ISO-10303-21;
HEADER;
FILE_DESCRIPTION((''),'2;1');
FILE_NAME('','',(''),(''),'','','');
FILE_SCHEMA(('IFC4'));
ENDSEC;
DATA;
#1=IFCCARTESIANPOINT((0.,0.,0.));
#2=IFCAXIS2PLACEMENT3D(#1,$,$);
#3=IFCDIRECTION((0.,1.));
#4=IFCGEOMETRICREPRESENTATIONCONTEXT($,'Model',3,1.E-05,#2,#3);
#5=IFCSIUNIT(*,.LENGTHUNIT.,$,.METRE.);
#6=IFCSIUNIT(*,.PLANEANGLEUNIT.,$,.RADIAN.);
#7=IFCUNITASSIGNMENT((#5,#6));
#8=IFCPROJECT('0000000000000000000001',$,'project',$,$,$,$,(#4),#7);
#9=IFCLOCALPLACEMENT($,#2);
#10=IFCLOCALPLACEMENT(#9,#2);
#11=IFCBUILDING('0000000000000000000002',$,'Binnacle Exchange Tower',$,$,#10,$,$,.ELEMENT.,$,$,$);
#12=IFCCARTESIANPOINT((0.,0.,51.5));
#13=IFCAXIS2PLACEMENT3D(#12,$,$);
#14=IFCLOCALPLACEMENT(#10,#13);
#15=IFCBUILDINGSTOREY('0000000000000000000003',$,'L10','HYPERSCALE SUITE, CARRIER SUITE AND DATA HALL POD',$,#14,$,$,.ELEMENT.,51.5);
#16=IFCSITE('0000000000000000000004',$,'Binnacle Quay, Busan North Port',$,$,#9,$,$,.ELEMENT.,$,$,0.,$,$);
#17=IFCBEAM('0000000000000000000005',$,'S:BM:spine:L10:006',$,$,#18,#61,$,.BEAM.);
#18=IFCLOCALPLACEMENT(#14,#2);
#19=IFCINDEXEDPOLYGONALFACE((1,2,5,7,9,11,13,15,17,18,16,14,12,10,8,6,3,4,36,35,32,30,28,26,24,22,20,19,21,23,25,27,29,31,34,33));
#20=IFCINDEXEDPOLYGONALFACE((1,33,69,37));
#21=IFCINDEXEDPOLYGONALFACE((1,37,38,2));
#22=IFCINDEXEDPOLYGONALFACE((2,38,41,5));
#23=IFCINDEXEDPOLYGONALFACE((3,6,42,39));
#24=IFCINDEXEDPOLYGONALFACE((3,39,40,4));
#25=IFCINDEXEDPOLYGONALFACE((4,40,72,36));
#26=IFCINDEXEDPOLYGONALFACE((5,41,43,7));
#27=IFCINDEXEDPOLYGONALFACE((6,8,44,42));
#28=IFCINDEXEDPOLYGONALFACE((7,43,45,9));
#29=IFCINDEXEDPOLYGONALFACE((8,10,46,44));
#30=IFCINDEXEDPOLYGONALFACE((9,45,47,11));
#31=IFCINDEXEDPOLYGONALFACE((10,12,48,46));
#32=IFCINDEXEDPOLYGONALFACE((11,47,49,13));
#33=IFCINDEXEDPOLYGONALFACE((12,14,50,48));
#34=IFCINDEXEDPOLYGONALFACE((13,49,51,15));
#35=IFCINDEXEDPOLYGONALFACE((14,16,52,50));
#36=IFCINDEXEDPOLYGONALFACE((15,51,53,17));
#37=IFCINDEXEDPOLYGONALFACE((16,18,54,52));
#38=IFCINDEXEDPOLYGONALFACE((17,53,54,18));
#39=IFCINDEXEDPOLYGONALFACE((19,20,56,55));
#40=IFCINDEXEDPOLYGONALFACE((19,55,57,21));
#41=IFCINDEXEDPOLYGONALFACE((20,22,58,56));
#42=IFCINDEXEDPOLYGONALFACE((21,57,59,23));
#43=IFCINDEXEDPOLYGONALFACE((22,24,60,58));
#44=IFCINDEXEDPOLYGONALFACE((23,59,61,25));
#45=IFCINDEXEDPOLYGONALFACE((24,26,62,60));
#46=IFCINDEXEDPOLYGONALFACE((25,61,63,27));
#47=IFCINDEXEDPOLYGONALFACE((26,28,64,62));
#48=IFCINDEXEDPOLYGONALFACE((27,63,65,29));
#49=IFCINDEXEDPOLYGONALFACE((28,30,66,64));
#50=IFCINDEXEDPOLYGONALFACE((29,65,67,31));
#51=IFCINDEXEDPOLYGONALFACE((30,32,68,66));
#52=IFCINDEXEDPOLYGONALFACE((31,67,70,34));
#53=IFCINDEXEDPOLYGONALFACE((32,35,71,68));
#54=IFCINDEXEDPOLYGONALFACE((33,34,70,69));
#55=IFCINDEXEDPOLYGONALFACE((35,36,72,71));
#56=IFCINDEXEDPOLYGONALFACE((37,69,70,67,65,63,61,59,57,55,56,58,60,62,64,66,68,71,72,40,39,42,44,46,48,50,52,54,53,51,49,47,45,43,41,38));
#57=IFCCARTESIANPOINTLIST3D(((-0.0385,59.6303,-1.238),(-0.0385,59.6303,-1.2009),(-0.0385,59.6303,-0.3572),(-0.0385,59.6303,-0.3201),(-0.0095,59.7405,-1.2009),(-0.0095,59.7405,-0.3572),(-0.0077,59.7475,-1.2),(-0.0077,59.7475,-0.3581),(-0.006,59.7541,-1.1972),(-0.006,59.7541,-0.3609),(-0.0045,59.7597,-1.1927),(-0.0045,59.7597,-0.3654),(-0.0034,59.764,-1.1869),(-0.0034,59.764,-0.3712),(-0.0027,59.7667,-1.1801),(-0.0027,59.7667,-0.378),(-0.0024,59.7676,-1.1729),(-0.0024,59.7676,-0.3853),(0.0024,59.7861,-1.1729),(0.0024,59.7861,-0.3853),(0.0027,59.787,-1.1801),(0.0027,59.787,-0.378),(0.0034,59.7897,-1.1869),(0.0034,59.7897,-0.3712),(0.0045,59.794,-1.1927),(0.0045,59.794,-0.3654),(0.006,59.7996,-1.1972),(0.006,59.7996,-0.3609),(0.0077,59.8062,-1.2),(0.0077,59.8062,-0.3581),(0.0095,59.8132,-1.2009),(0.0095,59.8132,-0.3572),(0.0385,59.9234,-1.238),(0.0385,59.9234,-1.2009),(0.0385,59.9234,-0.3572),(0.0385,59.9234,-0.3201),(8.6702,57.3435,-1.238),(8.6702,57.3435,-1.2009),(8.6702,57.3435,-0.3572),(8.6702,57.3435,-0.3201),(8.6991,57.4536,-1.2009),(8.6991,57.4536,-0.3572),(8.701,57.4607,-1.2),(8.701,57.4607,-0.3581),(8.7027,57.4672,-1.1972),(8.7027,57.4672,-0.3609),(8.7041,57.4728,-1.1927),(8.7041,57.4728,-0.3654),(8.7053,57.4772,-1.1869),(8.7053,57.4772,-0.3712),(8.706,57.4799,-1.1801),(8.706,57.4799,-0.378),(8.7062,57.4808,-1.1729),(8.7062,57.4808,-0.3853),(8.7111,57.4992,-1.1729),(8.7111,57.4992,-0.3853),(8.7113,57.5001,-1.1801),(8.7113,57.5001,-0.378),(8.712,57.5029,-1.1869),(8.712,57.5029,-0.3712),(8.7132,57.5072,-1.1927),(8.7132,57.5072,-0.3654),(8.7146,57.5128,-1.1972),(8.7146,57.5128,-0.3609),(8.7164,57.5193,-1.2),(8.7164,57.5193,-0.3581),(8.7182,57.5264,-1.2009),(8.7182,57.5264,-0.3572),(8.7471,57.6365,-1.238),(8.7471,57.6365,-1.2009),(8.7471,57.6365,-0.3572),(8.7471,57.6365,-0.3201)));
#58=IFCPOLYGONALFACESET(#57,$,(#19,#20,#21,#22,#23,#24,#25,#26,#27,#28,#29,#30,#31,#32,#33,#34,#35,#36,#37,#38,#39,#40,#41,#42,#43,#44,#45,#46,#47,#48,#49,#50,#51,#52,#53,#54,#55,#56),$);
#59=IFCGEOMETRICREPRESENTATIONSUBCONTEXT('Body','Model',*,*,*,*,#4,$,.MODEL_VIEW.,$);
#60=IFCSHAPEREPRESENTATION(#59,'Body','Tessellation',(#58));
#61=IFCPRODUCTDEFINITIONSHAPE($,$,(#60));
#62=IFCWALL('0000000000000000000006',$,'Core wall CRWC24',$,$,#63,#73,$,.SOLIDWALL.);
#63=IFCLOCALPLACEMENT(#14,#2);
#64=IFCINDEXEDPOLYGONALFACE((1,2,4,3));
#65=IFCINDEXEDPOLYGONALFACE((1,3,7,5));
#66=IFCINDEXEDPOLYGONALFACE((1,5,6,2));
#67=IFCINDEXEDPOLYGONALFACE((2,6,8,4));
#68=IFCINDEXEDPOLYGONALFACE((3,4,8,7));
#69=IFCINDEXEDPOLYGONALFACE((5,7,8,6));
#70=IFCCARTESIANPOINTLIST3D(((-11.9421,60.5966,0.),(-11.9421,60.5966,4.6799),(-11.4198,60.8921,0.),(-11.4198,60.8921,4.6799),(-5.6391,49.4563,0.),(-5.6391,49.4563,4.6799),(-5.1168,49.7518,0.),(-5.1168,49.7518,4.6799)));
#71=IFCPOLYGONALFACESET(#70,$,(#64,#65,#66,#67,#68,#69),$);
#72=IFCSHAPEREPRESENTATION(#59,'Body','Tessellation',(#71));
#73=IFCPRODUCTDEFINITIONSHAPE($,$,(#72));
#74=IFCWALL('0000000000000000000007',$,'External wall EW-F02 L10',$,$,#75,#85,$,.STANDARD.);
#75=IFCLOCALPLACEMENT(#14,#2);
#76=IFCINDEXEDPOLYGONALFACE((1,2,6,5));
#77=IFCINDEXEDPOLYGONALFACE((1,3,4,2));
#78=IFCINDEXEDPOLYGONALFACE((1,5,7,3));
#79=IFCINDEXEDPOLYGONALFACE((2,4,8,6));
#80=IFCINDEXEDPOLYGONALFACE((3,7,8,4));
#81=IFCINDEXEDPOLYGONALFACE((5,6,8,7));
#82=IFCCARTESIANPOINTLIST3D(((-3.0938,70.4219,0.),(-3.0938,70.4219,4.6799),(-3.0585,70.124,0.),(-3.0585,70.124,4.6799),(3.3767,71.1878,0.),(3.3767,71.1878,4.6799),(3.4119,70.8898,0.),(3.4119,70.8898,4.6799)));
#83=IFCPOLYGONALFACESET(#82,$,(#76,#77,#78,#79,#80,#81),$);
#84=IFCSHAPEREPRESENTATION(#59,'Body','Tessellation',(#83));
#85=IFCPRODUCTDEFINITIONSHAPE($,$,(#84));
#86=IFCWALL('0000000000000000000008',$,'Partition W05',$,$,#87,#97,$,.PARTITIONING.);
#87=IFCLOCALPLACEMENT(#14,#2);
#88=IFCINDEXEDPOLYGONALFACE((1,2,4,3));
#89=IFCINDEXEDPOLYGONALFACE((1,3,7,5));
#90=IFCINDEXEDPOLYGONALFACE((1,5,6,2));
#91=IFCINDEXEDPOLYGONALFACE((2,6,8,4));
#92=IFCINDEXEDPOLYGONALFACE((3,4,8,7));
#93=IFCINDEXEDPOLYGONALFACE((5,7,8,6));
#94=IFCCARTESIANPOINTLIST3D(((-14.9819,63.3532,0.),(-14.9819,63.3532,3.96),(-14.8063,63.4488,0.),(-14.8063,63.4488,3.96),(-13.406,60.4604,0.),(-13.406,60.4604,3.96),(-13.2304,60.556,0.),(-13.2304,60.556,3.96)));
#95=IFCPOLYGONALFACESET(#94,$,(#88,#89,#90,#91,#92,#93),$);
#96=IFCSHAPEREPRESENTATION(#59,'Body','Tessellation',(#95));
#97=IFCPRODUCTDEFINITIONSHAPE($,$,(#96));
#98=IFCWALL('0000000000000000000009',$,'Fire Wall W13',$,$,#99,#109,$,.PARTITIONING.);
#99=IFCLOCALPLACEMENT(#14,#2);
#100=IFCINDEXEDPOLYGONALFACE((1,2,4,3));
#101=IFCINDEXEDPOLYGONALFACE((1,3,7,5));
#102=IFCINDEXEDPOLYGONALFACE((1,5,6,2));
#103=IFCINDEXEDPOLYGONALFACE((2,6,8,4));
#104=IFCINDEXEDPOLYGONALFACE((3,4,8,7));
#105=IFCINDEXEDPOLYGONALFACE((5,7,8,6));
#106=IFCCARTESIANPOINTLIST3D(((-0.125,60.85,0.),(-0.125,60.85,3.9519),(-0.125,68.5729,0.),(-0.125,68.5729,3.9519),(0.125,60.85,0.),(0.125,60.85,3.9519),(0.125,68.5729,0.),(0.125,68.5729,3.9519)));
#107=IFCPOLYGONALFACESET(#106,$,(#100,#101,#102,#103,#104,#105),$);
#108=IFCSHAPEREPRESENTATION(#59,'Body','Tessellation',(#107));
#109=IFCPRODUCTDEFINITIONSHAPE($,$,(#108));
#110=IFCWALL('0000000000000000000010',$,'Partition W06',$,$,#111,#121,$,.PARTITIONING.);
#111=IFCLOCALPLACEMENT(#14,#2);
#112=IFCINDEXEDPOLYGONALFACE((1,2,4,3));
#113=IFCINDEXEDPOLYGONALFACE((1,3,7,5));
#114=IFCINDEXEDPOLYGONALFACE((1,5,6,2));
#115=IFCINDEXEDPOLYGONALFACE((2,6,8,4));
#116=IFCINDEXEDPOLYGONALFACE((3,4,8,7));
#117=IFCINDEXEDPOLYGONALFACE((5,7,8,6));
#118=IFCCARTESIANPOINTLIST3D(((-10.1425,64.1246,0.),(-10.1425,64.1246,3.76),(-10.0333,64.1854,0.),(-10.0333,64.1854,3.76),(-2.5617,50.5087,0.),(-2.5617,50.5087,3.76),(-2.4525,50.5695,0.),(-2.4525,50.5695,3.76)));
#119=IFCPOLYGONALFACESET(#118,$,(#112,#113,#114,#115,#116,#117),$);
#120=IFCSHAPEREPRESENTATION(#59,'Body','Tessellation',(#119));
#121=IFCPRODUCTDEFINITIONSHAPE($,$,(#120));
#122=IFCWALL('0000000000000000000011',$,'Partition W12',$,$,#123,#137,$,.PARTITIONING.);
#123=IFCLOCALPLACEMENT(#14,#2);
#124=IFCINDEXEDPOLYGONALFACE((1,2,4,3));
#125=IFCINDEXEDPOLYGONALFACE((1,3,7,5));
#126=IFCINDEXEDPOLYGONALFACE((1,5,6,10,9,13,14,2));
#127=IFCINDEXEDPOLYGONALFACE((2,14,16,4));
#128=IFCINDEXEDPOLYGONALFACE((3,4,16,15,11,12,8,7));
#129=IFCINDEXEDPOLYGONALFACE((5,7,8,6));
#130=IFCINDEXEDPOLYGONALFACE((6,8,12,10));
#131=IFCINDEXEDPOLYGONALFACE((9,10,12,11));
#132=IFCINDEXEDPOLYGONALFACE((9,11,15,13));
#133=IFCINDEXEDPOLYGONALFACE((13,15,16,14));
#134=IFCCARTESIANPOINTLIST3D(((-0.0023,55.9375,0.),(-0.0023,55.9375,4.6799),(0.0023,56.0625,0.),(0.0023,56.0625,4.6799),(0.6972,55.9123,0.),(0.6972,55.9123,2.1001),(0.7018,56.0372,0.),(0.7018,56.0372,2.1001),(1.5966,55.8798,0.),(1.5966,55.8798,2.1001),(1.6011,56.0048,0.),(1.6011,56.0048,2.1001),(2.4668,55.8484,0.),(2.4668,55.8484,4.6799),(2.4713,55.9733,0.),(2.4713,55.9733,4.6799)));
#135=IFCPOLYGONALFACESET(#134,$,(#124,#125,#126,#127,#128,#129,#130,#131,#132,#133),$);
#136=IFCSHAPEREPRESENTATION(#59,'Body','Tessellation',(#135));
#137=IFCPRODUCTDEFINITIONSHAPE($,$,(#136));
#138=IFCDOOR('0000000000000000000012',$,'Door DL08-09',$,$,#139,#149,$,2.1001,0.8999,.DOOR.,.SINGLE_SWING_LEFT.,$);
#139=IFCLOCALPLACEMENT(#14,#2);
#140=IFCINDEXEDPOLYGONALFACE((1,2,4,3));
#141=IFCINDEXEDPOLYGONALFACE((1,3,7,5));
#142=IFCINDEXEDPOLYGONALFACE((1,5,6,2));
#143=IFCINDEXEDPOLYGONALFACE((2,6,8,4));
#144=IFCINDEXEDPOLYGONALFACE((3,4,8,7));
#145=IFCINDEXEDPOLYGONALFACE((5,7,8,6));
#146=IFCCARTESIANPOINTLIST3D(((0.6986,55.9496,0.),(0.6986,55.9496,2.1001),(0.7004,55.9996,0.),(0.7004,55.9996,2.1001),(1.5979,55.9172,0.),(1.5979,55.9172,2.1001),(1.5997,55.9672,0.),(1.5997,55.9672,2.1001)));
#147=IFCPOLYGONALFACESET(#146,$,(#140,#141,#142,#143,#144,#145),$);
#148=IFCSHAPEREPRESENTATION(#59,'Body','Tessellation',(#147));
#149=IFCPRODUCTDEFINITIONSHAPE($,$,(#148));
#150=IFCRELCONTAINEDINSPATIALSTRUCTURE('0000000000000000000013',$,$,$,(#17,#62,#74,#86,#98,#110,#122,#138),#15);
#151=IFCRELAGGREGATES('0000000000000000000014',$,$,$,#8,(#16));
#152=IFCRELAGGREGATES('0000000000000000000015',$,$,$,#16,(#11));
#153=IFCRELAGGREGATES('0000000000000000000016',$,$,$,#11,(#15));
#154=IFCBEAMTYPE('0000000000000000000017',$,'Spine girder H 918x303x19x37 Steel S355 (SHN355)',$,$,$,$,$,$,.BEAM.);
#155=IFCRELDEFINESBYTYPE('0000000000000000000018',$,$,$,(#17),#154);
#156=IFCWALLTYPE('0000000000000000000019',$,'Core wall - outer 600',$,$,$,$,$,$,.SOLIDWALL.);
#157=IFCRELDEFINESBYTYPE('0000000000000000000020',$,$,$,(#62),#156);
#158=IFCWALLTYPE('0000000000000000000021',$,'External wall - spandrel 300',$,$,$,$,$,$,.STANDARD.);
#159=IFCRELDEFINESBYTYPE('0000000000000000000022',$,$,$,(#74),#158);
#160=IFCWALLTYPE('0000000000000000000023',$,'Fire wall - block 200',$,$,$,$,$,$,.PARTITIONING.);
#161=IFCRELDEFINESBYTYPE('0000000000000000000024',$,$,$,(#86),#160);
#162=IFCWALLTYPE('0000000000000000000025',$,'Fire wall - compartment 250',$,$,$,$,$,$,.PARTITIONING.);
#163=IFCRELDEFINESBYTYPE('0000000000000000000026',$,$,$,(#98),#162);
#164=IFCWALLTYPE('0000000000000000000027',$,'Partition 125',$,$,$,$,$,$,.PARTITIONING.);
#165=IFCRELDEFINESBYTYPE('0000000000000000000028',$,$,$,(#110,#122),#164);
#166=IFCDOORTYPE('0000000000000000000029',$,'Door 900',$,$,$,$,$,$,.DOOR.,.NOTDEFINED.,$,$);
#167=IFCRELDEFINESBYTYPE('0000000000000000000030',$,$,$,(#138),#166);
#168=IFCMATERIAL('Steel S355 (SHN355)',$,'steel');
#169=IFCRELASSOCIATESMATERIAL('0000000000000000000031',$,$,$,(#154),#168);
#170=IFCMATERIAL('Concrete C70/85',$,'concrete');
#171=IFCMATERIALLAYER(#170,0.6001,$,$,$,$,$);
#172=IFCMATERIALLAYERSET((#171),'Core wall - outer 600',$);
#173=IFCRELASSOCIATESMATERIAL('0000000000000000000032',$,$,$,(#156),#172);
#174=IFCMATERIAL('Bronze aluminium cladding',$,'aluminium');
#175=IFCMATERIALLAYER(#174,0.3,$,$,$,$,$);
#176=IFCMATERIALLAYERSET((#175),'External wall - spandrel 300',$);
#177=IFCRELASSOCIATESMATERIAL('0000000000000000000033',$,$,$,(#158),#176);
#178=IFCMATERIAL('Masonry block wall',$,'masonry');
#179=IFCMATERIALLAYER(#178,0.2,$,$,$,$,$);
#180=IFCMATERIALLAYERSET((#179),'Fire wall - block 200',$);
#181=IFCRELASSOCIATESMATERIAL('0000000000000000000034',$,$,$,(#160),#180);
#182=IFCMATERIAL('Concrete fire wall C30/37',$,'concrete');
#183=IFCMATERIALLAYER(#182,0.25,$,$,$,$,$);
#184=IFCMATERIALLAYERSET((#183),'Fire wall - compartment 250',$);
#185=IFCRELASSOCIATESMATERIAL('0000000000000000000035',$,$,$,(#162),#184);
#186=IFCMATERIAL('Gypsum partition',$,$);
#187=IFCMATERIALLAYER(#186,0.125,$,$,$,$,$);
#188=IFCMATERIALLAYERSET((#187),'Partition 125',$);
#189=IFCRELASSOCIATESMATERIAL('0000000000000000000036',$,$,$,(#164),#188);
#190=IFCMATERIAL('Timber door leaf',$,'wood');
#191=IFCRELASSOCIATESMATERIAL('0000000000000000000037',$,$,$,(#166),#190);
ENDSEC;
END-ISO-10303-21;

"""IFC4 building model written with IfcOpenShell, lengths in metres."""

from ifc_helpers import new_model, si_unit, direction, frame, frame_2d, origin, origin_2d, place, context, subcontext, project, spatial, rectangle, i_section, extrude, material, layer, layer_set, material_profile, profile_set, type_object, element, fill, save


model = new_model("IFC4")

# Units and contexts
model_context = context("Model", 3, precision=1e-05, world=origin(), true_north=direction((0.0, 1.0)))
body_context = subcontext(model_context, "Body", "Model", "MODEL_VIEW")
ifc_project = project(units=[si_unit("LENGTHUNIT", "METRE"), si_unit("PLANEANGLEUNIT", "RADIAN")], contexts=[model_context])

# Site, building, storey
site_placement = place(None, origin())
site = spatial("IfcSite", under=ifc_project, at=site_placement, Name="Binnacle Quay, Busan North Port", CompositionType="ELEMENT", RefElevation=0.0)
building_placement = place(site_placement, origin())
building = spatial("IfcBuilding", under=site, at=building_placement, Name="Binnacle Exchange Tower", CompositionType="ELEMENT")
storey_placement = place(building_placement, frame((0.0, 0.0, 51.5)))
storey = spatial("IfcBuildingStorey", under=building, at=storey_placement, Name="L10", Description="HYPERSCALE SUITE, CARRIER SUITE AND DATA HALL POD", CompositionType="ELEMENT", Elevation=51.5)

# Shared definitions
ifc_material_1 = material(Name="Concrete C70/85", Category="concrete")

# Beam
ifc_material_2 = material(Name="Steel S355 (SHN355)", Category="steel")
ifc_material_profile_1 = material_profile(ifc_material_2, i_section(OverallWidth=0.303, OverallDepth=0.918, WebThickness=0.019, FlangeThickness=0.0371, FilletRadius=0.0281, at=origin_2d()), Name="H 918x303x19x37")
ifc_profile_set_1 = profile_set([ifc_material_profile_1], Name="Steel S355 (SHN355)")
beam_type_1 = type_object("IfcBeamType", Name="Spine girder H 918x303x19x37 Steel S355 (SHN355)", PredefinedType="BEAM", material=ifc_profile_set_1)
beam_1_placement = place(storey_placement, frame((0.0, 59.7769, -0.7791), z_axis=(0.967209, -0.253983, 0.0), x_axis=(0.253983, 0.967209, 0.0)))
element("IfcBeam", 1, at=beam_1_placement, inside=storey, type_object=beam_type_1, Name="S:BM:spine:L10:006", PredefinedType="BEAM", context=body_context, shape_type="SweptSolid", body=[
    extrude(i_section(OverallWidth=0.303, OverallDepth=0.918, WebThickness=0.019, FlangeThickness=0.0371, FilletRadius=0.0281, at=origin_2d()), origin(), (0.0, 0.0, 1.0), 9.0039),
])

# Walls
ifc_layer_1 = layer(ifc_material_1, 0.6001)
ifc_layer_set_1 = layer_set([ifc_layer_1], Name="Core wall - outer 600")
wall_type_1 = type_object("IfcWallType", Name="Core wall - outer 600", PredefinedType="SOLIDWALL", material=ifc_layer_set_1)
wall_1_placement = place(storey_placement, frame((-11.6809, 60.7444, 0.0), z_axis=(0.0, 0.0, 1.0), x_axis=(0.492427, -0.870354, 0.0)))
element("IfcWall", 2, at=wall_1_placement, inside=storey, type_object=wall_type_1, Name="Core wall CRWC24", PredefinedType="SOLIDWALL", context=body_context, shape_type="SweptSolid", body=[
    extrude(rectangle(XDim=12.7998, YDim=0.6001, at=frame_2d((6.3999, 0.0))), origin(), (0.0, 0.0, 1.0), 4.6799),
])
ifc_material_3 = material(Name="Bronze aluminium cladding", Category="aluminium")
ifc_layer_2 = layer(ifc_material_3, 0.3)
ifc_layer_set_2 = layer_set([ifc_layer_2], Name="External wall - spandrel 300")
wall_type_2 = type_object("IfcWallType", Name="External wall - spandrel 300", PredefinedType="STANDARD", material=ifc_layer_set_2)
wall_2_placement = place(storey_placement, frame((-3.0762, 70.2729, 0.0), z_axis=(0.0, 0.0, 1.0), x_axis=(0.993068, 0.117543, 0.0)))
element("IfcWall", 3, at=wall_2_placement, inside=storey, type_object=wall_type_2, Name="External wall EW-F02 L10", PredefinedType="STANDARD", context=body_context, shape_type="SweptSolid", body=[
    extrude(rectangle(XDim=6.5156, YDim=0.3, at=frame_2d((3.2578, 0.0))), origin(), (0.0, 0.0, 1.0), 4.6799),
])
ifc_material_4 = material(Name="Masonry block wall", Category="masonry")
ifc_layer_3 = layer(ifc_material_4, 0.2)
ifc_layer_set_3 = layer_set([ifc_layer_3], Name="Fire wall - block 200")
wall_type_3 = type_object("IfcWallType", Name="Fire wall - block 200", PredefinedType="PARTITIONING", material=ifc_layer_set_3)
wall_3_placement = place(storey_placement, frame((-14.894, 63.4009, 0.0), z_axis=(0.0, 0.0, 1.0), x_axis=(0.47839, -0.878148, 0.0)))
element("IfcWall", 4, at=wall_3_placement, inside=storey, type_object=wall_type_3, Name="Partition W05", PredefinedType="PARTITIONING", context=body_context, shape_type="SweptSolid", body=[
    extrude(rectangle(XDim=3.2942, YDim=0.2, at=frame_2d((1.647, 0.0))), origin(), (0.0, 0.0, 1.0), 3.96),
])
ifc_material_5 = material(Name="Concrete fire wall C30/37", Category="concrete")
ifc_layer_4 = layer(ifc_material_5, 0.25)
ifc_layer_set_4 = layer_set([ifc_layer_4], Name="Fire wall - compartment 250")
wall_type_4 = type_object("IfcWallType", Name="Fire wall - compartment 250", PredefinedType="PARTITIONING", material=ifc_layer_set_4)
wall_4_placement = place(storey_placement, frame((0.0, 60.8501, 0.0), z_axis=(0.0, 0.0, 1.0), x_axis=(0.0, 1.0, 0.0)))
element("IfcWall", 5, at=wall_4_placement, inside=storey, type_object=wall_type_4, Name="Fire Wall W13", PredefinedType="PARTITIONING", context=body_context, shape_type="SweptSolid", body=[
    extrude(rectangle(XDim=7.7229, YDim=0.25, at=frame_2d((3.8613, 0.0))), origin(), (0.0, 0.0, 1.0), 3.9519),
])
ifc_material_6 = material(Name="Gypsum partition")
ifc_layer_5 = layer(ifc_material_6, 0.125)
ifc_layer_set_5 = layer_set([ifc_layer_5], Name="Partition 125")
wall_type_5 = type_object("IfcWallType", Name="Partition 125", PredefinedType="PARTITIONING", material=ifc_layer_set_5)
wall_5_placement = place(storey_placement, frame((-10.0879, 64.155, 0.0), z_axis=(0.0, 0.0, 1.0), x_axis=(0.486446, -0.873711, 0.0)))
element("IfcWall", 6, at=wall_5_placement, inside=storey, type_object=wall_type_5, Name="Partition W06", PredefinedType="PARTITIONING", context=body_context, shape_type="SweptSolid", body=[
    extrude(rectangle(XDim=15.584, YDim=0.125, at=frame_2d((7.792, 0.0))), origin(), (0.0, 0.0, 1.0), 3.76),
])

# Wall, opening, door
wall_6_placement = place(storey_placement, frame((0.0, 56.0, 0.0), z_axis=(0.0, 0.0, 1.0), x_axis=(0.999349, -0.036069, 0.0)))
wall_6 = element("IfcWall", 7, at=wall_6_placement, inside=storey, type_object=wall_type_5, Name="Partition W12", PredefinedType="PARTITIONING", context=body_context, shape_type="SweptSolid", body=[
    extrude(rectangle(XDim=2.4707, YDim=0.125, at=frame_2d((1.2354, 0.0))), origin(), (0.0, 0.0, 1.0), 4.6799),
])
opening_placement = place(wall_6_placement, frame((0.7, 0.0, 0.0)))
opening = element("IfcOpeningElement", 8, at=opening_placement, cuts=wall_6, PredefinedType="OPENING", context=body_context, shape_type="SweptSolid", body=[
    extrude(rectangle(XDim=0.8999, YDim=2.1001, at=frame_2d((0.45, 1.05))), frame((0.0, 0.0725, 0.0), z_axis=(0.0, -1.0, 0.0), x_axis=(1.0, 0.0, 0.0)), (0.0, 0.0, 1.0), 0.145),
])
ifc_material_7 = material(Name="Timber door leaf", Category="wood")
door_type = type_object("IfcDoorType", Name="Door 900", OperationType="NOTDEFINED", PredefinedType="DOOR", material=ifc_material_7)
door_placement = place(opening_placement, origin())
door = element("IfcDoor", 9, at=door_placement, inside=storey, type_object=door_type, Name="Door DL08-09", OperationType="SINGLE_SWING_LEFT", OverallHeight=2.1001, OverallWidth=0.8999, PredefinedType="DOOR", context=body_context, shape_type="SweptSolid", body=[
    extrude(rectangle(XDim=0.8999, YDim=2.1001, at=frame_2d((0.45, 1.05))), frame((0.0, 0.0249, 0.0), z_axis=(0.0, -1.0, 0.0), x_axis=(1.0, 0.0, 0.0)), (0.0, 0.0, 1.0), 0.05),
])
fill(opening, door)

save(model, "model.ifc")
